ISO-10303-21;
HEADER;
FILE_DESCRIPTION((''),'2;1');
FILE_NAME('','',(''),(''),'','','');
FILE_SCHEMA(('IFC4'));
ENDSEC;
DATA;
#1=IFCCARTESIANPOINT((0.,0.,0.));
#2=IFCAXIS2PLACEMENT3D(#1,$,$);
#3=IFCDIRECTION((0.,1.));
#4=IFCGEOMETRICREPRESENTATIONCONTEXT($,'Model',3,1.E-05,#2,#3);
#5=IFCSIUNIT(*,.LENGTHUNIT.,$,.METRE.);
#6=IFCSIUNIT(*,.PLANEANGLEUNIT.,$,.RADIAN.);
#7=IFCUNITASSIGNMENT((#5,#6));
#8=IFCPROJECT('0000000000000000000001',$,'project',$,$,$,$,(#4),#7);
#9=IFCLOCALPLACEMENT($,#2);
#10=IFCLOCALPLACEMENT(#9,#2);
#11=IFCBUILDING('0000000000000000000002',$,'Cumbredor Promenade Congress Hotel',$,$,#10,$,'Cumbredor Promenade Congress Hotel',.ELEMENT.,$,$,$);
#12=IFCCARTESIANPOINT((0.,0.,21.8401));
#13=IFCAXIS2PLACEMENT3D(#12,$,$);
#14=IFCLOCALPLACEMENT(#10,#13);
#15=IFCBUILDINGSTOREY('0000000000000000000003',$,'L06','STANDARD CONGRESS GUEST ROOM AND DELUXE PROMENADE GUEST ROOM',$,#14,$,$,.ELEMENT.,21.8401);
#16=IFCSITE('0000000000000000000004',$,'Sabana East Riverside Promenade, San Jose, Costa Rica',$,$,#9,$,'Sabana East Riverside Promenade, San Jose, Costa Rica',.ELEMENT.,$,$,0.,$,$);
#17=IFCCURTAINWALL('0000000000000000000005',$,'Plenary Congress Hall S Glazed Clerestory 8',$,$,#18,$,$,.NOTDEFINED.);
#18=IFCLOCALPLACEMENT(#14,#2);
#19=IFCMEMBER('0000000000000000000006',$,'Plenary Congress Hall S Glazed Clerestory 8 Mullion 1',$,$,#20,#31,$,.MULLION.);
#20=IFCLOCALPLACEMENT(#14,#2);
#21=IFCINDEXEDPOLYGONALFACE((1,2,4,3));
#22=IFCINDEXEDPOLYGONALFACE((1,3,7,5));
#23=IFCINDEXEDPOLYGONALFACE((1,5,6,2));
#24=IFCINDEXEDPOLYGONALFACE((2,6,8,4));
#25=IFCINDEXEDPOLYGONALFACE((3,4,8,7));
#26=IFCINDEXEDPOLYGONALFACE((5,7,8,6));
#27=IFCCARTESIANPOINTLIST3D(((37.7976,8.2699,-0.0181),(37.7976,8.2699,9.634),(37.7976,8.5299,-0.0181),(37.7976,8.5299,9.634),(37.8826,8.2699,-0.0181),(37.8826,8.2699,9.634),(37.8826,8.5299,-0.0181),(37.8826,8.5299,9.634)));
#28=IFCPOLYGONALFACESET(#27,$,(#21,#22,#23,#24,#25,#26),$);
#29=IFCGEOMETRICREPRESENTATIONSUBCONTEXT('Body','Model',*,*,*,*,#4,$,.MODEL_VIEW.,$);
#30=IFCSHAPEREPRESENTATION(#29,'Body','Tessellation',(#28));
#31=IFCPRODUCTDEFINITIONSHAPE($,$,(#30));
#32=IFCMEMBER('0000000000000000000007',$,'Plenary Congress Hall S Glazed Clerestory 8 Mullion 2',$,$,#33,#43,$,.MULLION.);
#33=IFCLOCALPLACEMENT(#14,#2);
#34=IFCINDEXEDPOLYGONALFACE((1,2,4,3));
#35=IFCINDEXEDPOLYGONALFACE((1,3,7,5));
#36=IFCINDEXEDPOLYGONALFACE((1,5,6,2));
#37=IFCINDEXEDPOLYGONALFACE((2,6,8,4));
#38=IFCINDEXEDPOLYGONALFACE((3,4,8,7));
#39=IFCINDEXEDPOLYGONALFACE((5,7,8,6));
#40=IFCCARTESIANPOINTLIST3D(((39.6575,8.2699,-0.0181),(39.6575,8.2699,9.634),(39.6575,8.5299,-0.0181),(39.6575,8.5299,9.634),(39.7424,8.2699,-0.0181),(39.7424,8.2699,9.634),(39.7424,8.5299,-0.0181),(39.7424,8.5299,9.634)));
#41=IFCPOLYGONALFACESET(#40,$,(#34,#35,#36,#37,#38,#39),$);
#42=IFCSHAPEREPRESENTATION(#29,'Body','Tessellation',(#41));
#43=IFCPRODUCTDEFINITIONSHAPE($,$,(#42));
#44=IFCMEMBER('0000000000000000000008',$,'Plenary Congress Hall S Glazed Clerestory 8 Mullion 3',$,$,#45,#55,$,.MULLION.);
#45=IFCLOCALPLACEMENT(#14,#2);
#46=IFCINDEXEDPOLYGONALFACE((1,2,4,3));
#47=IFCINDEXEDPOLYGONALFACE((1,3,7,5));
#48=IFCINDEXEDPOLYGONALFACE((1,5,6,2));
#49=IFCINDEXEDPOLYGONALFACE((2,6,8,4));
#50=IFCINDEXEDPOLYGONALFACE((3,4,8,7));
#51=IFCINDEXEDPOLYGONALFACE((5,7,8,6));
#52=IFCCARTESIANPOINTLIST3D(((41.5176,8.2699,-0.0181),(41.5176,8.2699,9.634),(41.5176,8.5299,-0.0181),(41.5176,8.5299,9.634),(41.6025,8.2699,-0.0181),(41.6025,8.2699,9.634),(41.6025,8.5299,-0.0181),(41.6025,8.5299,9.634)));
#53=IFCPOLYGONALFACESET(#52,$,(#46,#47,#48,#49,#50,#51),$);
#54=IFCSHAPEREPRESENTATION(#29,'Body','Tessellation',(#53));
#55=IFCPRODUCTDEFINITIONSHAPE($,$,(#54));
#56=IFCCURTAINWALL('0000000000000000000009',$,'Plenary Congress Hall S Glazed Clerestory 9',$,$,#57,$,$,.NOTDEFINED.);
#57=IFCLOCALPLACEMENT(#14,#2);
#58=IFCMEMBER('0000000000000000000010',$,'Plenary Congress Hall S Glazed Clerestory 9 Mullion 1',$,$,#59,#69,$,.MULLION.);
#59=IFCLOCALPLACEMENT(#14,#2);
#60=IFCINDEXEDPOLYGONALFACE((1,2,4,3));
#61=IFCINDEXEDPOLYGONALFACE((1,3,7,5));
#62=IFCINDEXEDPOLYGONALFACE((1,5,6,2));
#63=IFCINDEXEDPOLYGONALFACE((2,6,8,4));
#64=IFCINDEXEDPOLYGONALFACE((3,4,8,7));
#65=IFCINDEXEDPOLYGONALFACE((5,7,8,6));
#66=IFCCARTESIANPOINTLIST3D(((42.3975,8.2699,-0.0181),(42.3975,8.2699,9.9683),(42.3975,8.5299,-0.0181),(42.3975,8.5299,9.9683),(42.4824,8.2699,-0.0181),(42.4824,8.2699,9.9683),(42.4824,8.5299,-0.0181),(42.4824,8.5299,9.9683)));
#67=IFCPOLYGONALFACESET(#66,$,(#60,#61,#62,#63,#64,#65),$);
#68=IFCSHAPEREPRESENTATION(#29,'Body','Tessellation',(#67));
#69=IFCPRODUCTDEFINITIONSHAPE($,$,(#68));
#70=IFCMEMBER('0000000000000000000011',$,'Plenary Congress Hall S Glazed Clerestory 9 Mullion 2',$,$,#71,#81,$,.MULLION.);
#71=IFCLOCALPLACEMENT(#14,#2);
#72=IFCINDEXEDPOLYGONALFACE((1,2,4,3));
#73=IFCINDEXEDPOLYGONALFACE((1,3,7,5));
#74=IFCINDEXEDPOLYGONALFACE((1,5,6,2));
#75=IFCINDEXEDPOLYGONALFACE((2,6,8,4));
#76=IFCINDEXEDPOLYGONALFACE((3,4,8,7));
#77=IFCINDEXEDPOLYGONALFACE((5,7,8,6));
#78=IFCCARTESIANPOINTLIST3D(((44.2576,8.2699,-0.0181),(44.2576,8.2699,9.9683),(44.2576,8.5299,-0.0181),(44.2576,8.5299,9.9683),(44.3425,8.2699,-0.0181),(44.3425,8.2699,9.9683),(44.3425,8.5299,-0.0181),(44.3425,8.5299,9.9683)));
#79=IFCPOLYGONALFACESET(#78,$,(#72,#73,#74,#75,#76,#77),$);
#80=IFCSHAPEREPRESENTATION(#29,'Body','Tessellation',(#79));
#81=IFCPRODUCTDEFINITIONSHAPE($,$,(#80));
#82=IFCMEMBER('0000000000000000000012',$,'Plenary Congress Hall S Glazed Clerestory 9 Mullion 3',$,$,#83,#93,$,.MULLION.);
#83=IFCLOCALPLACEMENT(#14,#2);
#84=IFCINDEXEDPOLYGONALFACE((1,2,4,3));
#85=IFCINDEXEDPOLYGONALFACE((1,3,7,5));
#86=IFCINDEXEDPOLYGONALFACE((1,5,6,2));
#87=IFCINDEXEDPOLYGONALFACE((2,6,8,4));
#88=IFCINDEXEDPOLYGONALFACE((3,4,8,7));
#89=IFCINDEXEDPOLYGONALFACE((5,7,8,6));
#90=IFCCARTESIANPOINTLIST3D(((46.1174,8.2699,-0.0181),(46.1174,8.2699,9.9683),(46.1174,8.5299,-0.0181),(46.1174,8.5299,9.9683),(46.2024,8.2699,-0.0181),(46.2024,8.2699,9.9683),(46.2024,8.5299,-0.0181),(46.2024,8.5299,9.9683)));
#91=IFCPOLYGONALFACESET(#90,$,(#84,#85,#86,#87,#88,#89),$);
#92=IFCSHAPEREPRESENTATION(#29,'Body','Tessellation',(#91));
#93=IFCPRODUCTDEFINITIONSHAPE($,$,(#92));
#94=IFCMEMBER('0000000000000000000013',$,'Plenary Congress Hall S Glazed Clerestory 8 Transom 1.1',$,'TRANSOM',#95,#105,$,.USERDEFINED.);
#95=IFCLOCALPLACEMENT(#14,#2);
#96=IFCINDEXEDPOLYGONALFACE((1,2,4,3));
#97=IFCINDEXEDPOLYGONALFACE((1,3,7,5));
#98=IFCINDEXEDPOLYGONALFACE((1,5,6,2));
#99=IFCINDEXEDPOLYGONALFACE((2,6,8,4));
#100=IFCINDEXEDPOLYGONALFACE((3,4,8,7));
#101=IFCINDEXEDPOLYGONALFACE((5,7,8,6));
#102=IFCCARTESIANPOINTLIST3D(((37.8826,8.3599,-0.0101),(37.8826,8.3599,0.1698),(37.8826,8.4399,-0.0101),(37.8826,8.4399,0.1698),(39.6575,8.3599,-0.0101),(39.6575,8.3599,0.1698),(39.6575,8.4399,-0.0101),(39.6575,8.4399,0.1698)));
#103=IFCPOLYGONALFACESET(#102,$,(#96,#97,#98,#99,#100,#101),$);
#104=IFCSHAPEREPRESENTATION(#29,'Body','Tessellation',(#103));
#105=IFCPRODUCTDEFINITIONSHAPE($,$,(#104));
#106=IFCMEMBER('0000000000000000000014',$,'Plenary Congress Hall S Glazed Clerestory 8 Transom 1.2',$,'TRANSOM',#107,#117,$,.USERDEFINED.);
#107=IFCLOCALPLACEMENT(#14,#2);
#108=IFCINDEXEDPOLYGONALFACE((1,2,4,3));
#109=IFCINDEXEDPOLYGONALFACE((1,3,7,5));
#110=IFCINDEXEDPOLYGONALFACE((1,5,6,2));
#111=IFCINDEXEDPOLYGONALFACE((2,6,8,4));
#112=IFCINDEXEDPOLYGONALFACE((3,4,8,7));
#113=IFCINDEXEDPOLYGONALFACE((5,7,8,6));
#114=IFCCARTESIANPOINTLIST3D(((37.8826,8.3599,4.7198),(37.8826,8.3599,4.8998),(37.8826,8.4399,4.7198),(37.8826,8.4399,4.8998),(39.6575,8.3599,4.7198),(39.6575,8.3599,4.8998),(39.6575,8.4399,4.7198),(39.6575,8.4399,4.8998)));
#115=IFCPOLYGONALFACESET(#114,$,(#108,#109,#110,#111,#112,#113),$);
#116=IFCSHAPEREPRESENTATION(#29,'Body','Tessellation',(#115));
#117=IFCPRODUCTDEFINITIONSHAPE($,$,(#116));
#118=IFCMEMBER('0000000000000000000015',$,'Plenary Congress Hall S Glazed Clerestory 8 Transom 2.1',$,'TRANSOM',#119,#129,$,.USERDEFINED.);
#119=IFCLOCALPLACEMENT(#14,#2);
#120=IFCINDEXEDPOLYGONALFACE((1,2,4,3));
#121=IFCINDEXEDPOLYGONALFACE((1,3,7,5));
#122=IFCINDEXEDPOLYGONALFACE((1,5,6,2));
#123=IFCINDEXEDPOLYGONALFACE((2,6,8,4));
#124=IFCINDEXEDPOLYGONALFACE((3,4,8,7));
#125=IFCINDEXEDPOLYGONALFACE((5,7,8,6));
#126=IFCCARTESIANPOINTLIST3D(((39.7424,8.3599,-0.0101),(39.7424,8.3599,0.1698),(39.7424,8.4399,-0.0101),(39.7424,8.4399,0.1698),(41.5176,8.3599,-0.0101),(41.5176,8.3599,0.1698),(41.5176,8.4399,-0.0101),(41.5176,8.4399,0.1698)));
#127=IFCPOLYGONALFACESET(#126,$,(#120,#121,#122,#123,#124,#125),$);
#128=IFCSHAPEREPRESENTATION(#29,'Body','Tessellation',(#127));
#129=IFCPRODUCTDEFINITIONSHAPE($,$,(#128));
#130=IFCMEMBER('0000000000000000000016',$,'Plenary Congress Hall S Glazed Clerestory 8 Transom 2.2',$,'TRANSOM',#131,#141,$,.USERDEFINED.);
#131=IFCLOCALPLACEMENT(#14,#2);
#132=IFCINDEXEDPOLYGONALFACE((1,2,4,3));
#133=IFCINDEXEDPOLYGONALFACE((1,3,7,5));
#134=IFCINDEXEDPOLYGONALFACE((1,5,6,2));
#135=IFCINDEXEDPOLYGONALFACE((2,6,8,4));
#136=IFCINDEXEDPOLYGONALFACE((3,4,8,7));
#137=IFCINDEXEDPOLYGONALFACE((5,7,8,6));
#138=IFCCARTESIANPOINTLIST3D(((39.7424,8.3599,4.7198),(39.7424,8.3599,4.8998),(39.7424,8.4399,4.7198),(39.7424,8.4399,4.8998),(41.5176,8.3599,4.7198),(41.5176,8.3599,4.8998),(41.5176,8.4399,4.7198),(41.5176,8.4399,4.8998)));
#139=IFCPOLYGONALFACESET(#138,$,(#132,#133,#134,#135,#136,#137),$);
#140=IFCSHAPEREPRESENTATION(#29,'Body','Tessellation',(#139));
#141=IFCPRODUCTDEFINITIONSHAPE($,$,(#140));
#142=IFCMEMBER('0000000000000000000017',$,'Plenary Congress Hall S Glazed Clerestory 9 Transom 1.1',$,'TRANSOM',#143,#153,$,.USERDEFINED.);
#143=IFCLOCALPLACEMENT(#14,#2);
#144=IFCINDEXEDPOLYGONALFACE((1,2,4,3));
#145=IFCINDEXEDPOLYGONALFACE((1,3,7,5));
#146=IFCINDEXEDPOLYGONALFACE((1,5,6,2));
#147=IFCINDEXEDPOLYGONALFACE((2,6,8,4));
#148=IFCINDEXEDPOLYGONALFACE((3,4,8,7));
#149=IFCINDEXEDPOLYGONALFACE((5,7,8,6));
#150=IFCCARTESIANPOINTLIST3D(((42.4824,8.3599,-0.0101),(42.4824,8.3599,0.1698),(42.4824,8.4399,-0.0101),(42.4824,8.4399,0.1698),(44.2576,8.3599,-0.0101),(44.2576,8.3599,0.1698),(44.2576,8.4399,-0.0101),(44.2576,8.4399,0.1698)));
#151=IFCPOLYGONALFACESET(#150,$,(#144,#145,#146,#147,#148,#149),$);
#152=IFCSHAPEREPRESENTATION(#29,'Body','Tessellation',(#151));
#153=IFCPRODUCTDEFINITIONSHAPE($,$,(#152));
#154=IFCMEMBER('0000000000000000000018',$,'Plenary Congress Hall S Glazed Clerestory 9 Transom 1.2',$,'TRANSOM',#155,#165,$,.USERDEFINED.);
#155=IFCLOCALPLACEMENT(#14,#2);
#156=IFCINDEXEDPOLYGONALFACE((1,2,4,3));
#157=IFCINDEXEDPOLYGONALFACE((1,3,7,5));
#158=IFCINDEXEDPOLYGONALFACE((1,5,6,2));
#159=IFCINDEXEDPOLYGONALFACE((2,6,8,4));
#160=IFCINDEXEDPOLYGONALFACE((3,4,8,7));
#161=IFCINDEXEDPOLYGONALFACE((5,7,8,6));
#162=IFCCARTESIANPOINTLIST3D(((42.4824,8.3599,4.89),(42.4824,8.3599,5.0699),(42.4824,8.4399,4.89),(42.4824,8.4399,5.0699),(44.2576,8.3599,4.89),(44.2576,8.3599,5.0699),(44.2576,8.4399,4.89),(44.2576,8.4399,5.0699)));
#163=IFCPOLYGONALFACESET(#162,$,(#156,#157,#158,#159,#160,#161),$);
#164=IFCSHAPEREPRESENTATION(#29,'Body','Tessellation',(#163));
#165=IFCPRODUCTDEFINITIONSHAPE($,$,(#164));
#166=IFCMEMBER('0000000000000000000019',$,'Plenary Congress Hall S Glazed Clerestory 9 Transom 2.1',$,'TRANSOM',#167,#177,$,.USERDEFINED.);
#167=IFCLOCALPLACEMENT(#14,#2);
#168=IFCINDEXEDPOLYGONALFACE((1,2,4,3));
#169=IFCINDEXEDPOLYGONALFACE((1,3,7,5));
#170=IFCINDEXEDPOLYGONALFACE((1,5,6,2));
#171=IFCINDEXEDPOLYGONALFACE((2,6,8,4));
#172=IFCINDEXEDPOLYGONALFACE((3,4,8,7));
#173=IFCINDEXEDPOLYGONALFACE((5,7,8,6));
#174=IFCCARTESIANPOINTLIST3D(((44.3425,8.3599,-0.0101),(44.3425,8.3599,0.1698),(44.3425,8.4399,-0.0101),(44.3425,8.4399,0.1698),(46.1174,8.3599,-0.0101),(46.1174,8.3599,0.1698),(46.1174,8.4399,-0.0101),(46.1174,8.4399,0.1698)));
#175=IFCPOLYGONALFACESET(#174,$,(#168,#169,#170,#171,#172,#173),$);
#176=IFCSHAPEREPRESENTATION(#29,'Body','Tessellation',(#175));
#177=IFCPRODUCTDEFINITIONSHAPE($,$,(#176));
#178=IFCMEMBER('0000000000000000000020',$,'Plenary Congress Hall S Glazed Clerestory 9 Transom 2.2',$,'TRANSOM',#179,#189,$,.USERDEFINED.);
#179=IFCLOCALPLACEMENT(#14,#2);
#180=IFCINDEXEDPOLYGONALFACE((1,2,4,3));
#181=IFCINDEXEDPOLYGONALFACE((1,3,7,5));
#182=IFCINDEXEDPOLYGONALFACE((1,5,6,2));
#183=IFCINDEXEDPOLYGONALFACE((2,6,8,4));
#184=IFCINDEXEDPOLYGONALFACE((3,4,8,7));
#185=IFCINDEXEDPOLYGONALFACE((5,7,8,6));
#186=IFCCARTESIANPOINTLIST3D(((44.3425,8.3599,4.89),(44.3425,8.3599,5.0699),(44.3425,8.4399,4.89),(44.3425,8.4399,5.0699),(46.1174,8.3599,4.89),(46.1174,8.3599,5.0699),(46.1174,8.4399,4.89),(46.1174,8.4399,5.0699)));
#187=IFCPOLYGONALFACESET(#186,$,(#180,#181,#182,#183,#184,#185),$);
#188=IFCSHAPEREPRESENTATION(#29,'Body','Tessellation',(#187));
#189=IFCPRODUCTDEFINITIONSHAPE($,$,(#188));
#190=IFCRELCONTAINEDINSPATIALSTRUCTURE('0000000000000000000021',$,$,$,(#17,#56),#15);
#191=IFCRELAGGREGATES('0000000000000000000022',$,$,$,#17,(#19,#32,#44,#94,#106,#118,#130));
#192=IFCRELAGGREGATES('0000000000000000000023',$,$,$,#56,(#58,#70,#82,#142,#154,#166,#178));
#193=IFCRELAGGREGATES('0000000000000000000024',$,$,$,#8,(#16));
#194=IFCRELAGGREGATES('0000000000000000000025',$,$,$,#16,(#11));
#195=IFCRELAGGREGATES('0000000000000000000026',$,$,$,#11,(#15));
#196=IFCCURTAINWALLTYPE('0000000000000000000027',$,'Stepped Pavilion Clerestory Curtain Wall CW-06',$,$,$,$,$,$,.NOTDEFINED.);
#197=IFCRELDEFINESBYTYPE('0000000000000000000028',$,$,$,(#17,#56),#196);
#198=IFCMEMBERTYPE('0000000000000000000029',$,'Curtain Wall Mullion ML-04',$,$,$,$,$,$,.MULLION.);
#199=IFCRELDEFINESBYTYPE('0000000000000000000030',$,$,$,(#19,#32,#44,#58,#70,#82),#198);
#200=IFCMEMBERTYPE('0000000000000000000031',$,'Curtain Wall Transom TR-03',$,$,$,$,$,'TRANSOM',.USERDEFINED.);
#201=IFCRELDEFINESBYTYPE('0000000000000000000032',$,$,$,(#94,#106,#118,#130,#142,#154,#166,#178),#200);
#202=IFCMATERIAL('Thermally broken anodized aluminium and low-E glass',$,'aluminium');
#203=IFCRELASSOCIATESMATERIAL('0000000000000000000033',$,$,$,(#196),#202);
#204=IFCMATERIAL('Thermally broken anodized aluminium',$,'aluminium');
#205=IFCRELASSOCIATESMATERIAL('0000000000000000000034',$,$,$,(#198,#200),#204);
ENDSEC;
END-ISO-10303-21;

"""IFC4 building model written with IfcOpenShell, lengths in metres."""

from ifc_helpers import new_model, si_unit, direction, frame, origin, origin_2d, place, context, subcontext, project, spatial, rectangle, extrude, material, material_profile, profile_set, type_object, element, aggregate, save


model = new_model("IFC4")

# Units and contexts
model_context = context("Model", 3, precision=1e-05, world=origin(), true_north=direction((0.0, 1.0)))
body_context = subcontext(model_context, "Body", "Model", "MODEL_VIEW")
ifc_project = project(units=[si_unit("LENGTHUNIT", "METRE"), si_unit("PLANEANGLEUNIT", "RADIAN")], contexts=[model_context])

# Site, building, storey
site_placement = place(None, origin())
site = spatial("IfcSite", under=ifc_project, at=site_placement, Name="Sabana East Riverside Promenade, San Jose, Costa Rica", LongName="Sabana East Riverside Promenade, San Jose, Costa Rica", CompositionType="ELEMENT", RefElevation=0.0)
building_placement = place(site_placement, origin())
building = spatial("IfcBuilding", under=site, at=building_placement, Name="Cumbredor Promenade Congress Hotel", LongName="Cumbredor Promenade Congress Hotel", CompositionType="ELEMENT")
storey_placement = place(building_placement, frame((0.0, 0.0, 21.8401)))
storey = spatial("IfcBuildingStorey", under=building, at=storey_placement, Name="L06", Description="STANDARD CONGRESS GUEST ROOM AND DELUXE PROMENADE GUEST ROOM", CompositionType="ELEMENT", Elevation=21.8401)

# Curtain walls, members
ifc_material_1 = material(Name="Thermally broken anodized aluminium and low-E glass", Category="aluminium")
curtain_wall_type = type_object("IfcCurtainWallType", Name="Stepped Pavilion Clerestory Curtain Wall CW-06", PredefinedType="NOTDEFINED", material=ifc_material_1)
curtain_wall_1_placement = place(storey_placement, origin())
curtain_wall_1 = element("IfcCurtainWall", 1, at=curtain_wall_1_placement, inside=storey, type_object=curtain_wall_type, Name="Plenary Congress Hall S Glazed Clerestory 8", PredefinedType="NOTDEFINED")
ifc_material_2 = material(Name="Thermally broken anodized aluminium", Category="aluminium")
ifc_material_profile_1 = material_profile(ifc_material_2, rectangle(XDim=0.085, YDim=0.26, at=origin_2d()), Name="ALU MULLION CLERESTORY 85x260")
ifc_profile_set_1 = profile_set([ifc_material_profile_1], Name="Thermally broken anodized aluminium")
member_type_1 = type_object("IfcMemberType", Name="Curtain Wall Mullion ML-04", PredefinedType="MULLION", material=ifc_profile_set_1)
member_1_placement = place(storey_placement, frame((37.8401, 8.3999, -0.0181), z_axis=(0.0, 0.0, 1.0), x_axis=(1.0, 0.0, 0.0)))
member_1 = element("IfcMember", 2, at=member_1_placement, type_object=member_type_1, Name="Plenary Congress Hall S Glazed Clerestory 8 Mullion 1", PredefinedType="MULLION", context=body_context, shape_type="SweptSolid", body=[
    extrude(rectangle(XDim=0.085, YDim=0.26, at=origin_2d()), origin(), (0.0, 0.0, 1.0), 9.6521),
])
member_2_placement = place(storey_placement, frame((39.7, 8.3999, -0.0181), z_axis=(0.0, 0.0, 1.0), x_axis=(1.0, 0.0, 0.0)))
member_2 = element("IfcMember", 3, at=member_2_placement, type_object=member_type_1, Name="Plenary Congress Hall S Glazed Clerestory 8 Mullion 2", PredefinedType="MULLION", context=body_context, shape_type="SweptSolid", body=[
    extrude(rectangle(XDim=0.085, YDim=0.26, at=origin_2d()), origin(), (0.0, 0.0, 1.0), 9.6521),
])
member_3_placement = place(storey_placement, frame((41.5601, 8.3999, -0.0181), z_axis=(0.0, 0.0, 1.0), x_axis=(1.0, 0.0, 0.0)))
member_3 = element("IfcMember", 4, at=member_3_placement, type_object=member_type_1, Name="Plenary Congress Hall S Glazed Clerestory 8 Mullion 3", PredefinedType="MULLION", context=body_context, shape_type="SweptSolid", body=[
    extrude(rectangle(XDim=0.085, YDim=0.26, at=origin_2d()), origin(), (0.0, 0.0, 1.0), 9.6521),
])
curtain_wall_2_placement = place(storey_placement, origin())
curtain_wall_2 = element("IfcCurtainWall", 5, at=curtain_wall_2_placement, inside=storey, type_object=curtain_wall_type, Name="Plenary Congress Hall S Glazed Clerestory 9", PredefinedType="NOTDEFINED")
member_4_placement = place(storey_placement, frame((42.4399, 8.3999, -0.0181), z_axis=(0.0, 0.0, 1.0), x_axis=(1.0, 0.0, 0.0)))
member_4 = element("IfcMember", 6, at=member_4_placement, type_object=member_type_1, Name="Plenary Congress Hall S Glazed Clerestory 9 Mullion 1", PredefinedType="MULLION", context=body_context, shape_type="SweptSolid", body=[
    extrude(rectangle(XDim=0.085, YDim=0.26, at=origin_2d()), origin(), (0.0, 0.0, 1.0), 9.9863),
])
member_5_placement = place(storey_placement, frame((44.3, 8.3999, -0.0181), z_axis=(0.0, 0.0, 1.0), x_axis=(1.0, 0.0, 0.0)))
member_5 = element("IfcMember", 7, at=member_5_placement, type_object=member_type_1, Name="Plenary Congress Hall S Glazed Clerestory 9 Mullion 2", PredefinedType="MULLION", context=body_context, shape_type="SweptSolid", body=[
    extrude(rectangle(XDim=0.085, YDim=0.26, at=origin_2d()), origin(), (0.0, 0.0, 1.0), 9.9863),
])
member_6_placement = place(storey_placement, frame((46.1599, 8.3999, -0.0181), z_axis=(0.0, 0.0, 1.0), x_axis=(1.0, 0.0, 0.0)))
member_6 = element("IfcMember", 8, at=member_6_placement, type_object=member_type_1, Name="Plenary Congress Hall S Glazed Clerestory 9 Mullion 3", PredefinedType="MULLION", context=body_context, shape_type="SweptSolid", body=[
    extrude(rectangle(XDim=0.085, YDim=0.26, at=origin_2d()), origin(), (0.0, 0.0, 1.0), 9.9863),
])

# Members
ifc_material_profile_2 = material_profile(ifc_material_2, rectangle(XDim=0.0801, YDim=0.1799, at=origin_2d()), Name="ALU TRANSOM 80x180")
ifc_profile_set_2 = profile_set([ifc_material_profile_2], Name="Thermally broken anodized aluminium")
member_type_2 = type_object("IfcMemberType", Name="Curtain Wall Transom TR-03", ElementType="TRANSOM", PredefinedType="USERDEFINED", material=ifc_profile_set_2)
member_7_placement = place(storey_placement, frame((37.8826, 8.3999, 0.0798), z_axis=(1.0, 0.0, 0.0), x_axis=(0.0, 1.0, 0.0)))
member_7 = element("IfcMember", 9, at=member_7_placement, type_object=member_type_2, Name="Plenary Congress Hall S Glazed Clerestory 8 Transom 1.1", ObjectType="TRANSOM", PredefinedType="USERDEFINED", context=body_context, shape_type="SweptSolid", body=[
    extrude(rectangle(XDim=0.0801, YDim=0.1799, at=origin_2d()), origin(), (0.0, 0.0, 1.0), 1.7749),
])
member_8_placement = place(storey_placement, frame((37.8826, 8.3999, 4.8098), z_axis=(1.0, 0.0, 0.0), x_axis=(0.0, 1.0, 0.0)))
member_8 = element("IfcMember", 10, at=member_8_placement, type_object=member_type_2, Name="Plenary Congress Hall S Glazed Clerestory 8 Transom 1.2", ObjectType="TRANSOM", PredefinedType="USERDEFINED", context=body_context, shape_type="SweptSolid", body=[
    extrude(rectangle(XDim=0.0801, YDim=0.1799, at=origin_2d()), origin(), (0.0, 0.0, 1.0), 1.7749),
])
member_9_placement = place(storey_placement, frame((39.7424, 8.3999, 0.0798), z_axis=(1.0, 0.0, 0.0), x_axis=(0.0, 1.0, 0.0)))
member_9 = element("IfcMember", 11, at=member_9_placement, type_object=member_type_2, Name="Plenary Congress Hall S Glazed Clerestory 8 Transom 2.1", ObjectType="TRANSOM", PredefinedType="USERDEFINED", context=body_context, shape_type="SweptSolid", body=[
    extrude(rectangle(XDim=0.0801, YDim=0.1799, at=origin_2d()), origin(), (0.0, 0.0, 1.0), 1.7751),
])
member_10_placement = place(storey_placement, frame((39.7424, 8.3999, 4.8098), z_axis=(1.0, 0.0, 0.0), x_axis=(0.0, 1.0, 0.0)))
member_10 = element("IfcMember", 12, at=member_10_placement, type_object=member_type_2, Name="Plenary Congress Hall S Glazed Clerestory 8 Transom 2.2", ObjectType="TRANSOM", PredefinedType="USERDEFINED", context=body_context, shape_type="SweptSolid", body=[
    extrude(rectangle(XDim=0.0801, YDim=0.1799, at=origin_2d()), origin(), (0.0, 0.0, 1.0), 1.7751),
])
member_11_placement = place(storey_placement, frame((42.4824, 8.3999, 0.0798), z_axis=(1.0, 0.0, 0.0), x_axis=(0.0, 1.0, 0.0)))
member_11 = element("IfcMember", 13, at=member_11_placement, type_object=member_type_2, Name="Plenary Congress Hall S Glazed Clerestory 9 Transom 1.1", ObjectType="TRANSOM", PredefinedType="USERDEFINED", context=body_context, shape_type="SweptSolid", body=[
    extrude(rectangle(XDim=0.0801, YDim=0.1799, at=origin_2d()), origin(), (0.0, 0.0, 1.0), 1.7751),
])
member_12_placement = place(storey_placement, frame((42.4824, 8.3999, 4.98), z_axis=(1.0, 0.0, 0.0), x_axis=(0.0, 1.0, 0.0)))
member_12 = element("IfcMember", 14, at=member_12_placement, type_object=member_type_2, Name="Plenary Congress Hall S Glazed Clerestory 9 Transom 1.2", ObjectType="TRANSOM", PredefinedType="USERDEFINED", context=body_context, shape_type="SweptSolid", body=[
    extrude(rectangle(XDim=0.0801, YDim=0.1799, at=origin_2d()), origin(), (0.0, 0.0, 1.0), 1.7751),
])
member_13_placement = place(storey_placement, frame((44.3425, 8.3999, 0.0798), z_axis=(1.0, 0.0, 0.0), x_axis=(0.0, 1.0, 0.0)))
member_13 = element("IfcMember", 15, at=member_13_placement, type_object=member_type_2, Name="Plenary Congress Hall S Glazed Clerestory 9 Transom 2.1", ObjectType="TRANSOM", PredefinedType="USERDEFINED", context=body_context, shape_type="SweptSolid", body=[
    extrude(rectangle(XDim=0.0801, YDim=0.1799, at=origin_2d()), origin(), (0.0, 0.0, 1.0), 1.7749),
])
member_14_placement = place(storey_placement, frame((44.3425, 8.3999, 4.98), z_axis=(1.0, 0.0, 0.0), x_axis=(0.0, 1.0, 0.0)))
member_14 = element("IfcMember", 16, at=member_14_placement, type_object=member_type_2, Name="Plenary Congress Hall S Glazed Clerestory 9 Transom 2.2", ObjectType="TRANSOM", PredefinedType="USERDEFINED", context=body_context, shape_type="SweptSolid", body=[
    extrude(rectangle(XDim=0.0801, YDim=0.1799, at=origin_2d()), origin(), (0.0, 0.0, 1.0), 1.7749),
])

aggregate(curtain_wall_1, [member_1, member_2, member_3, member_7, member_8, member_9, member_10])
aggregate(curtain_wall_2, [member_4, member_5, member_6, member_11, member_12, member_13, member_14])

save(model, "model.ifc")
